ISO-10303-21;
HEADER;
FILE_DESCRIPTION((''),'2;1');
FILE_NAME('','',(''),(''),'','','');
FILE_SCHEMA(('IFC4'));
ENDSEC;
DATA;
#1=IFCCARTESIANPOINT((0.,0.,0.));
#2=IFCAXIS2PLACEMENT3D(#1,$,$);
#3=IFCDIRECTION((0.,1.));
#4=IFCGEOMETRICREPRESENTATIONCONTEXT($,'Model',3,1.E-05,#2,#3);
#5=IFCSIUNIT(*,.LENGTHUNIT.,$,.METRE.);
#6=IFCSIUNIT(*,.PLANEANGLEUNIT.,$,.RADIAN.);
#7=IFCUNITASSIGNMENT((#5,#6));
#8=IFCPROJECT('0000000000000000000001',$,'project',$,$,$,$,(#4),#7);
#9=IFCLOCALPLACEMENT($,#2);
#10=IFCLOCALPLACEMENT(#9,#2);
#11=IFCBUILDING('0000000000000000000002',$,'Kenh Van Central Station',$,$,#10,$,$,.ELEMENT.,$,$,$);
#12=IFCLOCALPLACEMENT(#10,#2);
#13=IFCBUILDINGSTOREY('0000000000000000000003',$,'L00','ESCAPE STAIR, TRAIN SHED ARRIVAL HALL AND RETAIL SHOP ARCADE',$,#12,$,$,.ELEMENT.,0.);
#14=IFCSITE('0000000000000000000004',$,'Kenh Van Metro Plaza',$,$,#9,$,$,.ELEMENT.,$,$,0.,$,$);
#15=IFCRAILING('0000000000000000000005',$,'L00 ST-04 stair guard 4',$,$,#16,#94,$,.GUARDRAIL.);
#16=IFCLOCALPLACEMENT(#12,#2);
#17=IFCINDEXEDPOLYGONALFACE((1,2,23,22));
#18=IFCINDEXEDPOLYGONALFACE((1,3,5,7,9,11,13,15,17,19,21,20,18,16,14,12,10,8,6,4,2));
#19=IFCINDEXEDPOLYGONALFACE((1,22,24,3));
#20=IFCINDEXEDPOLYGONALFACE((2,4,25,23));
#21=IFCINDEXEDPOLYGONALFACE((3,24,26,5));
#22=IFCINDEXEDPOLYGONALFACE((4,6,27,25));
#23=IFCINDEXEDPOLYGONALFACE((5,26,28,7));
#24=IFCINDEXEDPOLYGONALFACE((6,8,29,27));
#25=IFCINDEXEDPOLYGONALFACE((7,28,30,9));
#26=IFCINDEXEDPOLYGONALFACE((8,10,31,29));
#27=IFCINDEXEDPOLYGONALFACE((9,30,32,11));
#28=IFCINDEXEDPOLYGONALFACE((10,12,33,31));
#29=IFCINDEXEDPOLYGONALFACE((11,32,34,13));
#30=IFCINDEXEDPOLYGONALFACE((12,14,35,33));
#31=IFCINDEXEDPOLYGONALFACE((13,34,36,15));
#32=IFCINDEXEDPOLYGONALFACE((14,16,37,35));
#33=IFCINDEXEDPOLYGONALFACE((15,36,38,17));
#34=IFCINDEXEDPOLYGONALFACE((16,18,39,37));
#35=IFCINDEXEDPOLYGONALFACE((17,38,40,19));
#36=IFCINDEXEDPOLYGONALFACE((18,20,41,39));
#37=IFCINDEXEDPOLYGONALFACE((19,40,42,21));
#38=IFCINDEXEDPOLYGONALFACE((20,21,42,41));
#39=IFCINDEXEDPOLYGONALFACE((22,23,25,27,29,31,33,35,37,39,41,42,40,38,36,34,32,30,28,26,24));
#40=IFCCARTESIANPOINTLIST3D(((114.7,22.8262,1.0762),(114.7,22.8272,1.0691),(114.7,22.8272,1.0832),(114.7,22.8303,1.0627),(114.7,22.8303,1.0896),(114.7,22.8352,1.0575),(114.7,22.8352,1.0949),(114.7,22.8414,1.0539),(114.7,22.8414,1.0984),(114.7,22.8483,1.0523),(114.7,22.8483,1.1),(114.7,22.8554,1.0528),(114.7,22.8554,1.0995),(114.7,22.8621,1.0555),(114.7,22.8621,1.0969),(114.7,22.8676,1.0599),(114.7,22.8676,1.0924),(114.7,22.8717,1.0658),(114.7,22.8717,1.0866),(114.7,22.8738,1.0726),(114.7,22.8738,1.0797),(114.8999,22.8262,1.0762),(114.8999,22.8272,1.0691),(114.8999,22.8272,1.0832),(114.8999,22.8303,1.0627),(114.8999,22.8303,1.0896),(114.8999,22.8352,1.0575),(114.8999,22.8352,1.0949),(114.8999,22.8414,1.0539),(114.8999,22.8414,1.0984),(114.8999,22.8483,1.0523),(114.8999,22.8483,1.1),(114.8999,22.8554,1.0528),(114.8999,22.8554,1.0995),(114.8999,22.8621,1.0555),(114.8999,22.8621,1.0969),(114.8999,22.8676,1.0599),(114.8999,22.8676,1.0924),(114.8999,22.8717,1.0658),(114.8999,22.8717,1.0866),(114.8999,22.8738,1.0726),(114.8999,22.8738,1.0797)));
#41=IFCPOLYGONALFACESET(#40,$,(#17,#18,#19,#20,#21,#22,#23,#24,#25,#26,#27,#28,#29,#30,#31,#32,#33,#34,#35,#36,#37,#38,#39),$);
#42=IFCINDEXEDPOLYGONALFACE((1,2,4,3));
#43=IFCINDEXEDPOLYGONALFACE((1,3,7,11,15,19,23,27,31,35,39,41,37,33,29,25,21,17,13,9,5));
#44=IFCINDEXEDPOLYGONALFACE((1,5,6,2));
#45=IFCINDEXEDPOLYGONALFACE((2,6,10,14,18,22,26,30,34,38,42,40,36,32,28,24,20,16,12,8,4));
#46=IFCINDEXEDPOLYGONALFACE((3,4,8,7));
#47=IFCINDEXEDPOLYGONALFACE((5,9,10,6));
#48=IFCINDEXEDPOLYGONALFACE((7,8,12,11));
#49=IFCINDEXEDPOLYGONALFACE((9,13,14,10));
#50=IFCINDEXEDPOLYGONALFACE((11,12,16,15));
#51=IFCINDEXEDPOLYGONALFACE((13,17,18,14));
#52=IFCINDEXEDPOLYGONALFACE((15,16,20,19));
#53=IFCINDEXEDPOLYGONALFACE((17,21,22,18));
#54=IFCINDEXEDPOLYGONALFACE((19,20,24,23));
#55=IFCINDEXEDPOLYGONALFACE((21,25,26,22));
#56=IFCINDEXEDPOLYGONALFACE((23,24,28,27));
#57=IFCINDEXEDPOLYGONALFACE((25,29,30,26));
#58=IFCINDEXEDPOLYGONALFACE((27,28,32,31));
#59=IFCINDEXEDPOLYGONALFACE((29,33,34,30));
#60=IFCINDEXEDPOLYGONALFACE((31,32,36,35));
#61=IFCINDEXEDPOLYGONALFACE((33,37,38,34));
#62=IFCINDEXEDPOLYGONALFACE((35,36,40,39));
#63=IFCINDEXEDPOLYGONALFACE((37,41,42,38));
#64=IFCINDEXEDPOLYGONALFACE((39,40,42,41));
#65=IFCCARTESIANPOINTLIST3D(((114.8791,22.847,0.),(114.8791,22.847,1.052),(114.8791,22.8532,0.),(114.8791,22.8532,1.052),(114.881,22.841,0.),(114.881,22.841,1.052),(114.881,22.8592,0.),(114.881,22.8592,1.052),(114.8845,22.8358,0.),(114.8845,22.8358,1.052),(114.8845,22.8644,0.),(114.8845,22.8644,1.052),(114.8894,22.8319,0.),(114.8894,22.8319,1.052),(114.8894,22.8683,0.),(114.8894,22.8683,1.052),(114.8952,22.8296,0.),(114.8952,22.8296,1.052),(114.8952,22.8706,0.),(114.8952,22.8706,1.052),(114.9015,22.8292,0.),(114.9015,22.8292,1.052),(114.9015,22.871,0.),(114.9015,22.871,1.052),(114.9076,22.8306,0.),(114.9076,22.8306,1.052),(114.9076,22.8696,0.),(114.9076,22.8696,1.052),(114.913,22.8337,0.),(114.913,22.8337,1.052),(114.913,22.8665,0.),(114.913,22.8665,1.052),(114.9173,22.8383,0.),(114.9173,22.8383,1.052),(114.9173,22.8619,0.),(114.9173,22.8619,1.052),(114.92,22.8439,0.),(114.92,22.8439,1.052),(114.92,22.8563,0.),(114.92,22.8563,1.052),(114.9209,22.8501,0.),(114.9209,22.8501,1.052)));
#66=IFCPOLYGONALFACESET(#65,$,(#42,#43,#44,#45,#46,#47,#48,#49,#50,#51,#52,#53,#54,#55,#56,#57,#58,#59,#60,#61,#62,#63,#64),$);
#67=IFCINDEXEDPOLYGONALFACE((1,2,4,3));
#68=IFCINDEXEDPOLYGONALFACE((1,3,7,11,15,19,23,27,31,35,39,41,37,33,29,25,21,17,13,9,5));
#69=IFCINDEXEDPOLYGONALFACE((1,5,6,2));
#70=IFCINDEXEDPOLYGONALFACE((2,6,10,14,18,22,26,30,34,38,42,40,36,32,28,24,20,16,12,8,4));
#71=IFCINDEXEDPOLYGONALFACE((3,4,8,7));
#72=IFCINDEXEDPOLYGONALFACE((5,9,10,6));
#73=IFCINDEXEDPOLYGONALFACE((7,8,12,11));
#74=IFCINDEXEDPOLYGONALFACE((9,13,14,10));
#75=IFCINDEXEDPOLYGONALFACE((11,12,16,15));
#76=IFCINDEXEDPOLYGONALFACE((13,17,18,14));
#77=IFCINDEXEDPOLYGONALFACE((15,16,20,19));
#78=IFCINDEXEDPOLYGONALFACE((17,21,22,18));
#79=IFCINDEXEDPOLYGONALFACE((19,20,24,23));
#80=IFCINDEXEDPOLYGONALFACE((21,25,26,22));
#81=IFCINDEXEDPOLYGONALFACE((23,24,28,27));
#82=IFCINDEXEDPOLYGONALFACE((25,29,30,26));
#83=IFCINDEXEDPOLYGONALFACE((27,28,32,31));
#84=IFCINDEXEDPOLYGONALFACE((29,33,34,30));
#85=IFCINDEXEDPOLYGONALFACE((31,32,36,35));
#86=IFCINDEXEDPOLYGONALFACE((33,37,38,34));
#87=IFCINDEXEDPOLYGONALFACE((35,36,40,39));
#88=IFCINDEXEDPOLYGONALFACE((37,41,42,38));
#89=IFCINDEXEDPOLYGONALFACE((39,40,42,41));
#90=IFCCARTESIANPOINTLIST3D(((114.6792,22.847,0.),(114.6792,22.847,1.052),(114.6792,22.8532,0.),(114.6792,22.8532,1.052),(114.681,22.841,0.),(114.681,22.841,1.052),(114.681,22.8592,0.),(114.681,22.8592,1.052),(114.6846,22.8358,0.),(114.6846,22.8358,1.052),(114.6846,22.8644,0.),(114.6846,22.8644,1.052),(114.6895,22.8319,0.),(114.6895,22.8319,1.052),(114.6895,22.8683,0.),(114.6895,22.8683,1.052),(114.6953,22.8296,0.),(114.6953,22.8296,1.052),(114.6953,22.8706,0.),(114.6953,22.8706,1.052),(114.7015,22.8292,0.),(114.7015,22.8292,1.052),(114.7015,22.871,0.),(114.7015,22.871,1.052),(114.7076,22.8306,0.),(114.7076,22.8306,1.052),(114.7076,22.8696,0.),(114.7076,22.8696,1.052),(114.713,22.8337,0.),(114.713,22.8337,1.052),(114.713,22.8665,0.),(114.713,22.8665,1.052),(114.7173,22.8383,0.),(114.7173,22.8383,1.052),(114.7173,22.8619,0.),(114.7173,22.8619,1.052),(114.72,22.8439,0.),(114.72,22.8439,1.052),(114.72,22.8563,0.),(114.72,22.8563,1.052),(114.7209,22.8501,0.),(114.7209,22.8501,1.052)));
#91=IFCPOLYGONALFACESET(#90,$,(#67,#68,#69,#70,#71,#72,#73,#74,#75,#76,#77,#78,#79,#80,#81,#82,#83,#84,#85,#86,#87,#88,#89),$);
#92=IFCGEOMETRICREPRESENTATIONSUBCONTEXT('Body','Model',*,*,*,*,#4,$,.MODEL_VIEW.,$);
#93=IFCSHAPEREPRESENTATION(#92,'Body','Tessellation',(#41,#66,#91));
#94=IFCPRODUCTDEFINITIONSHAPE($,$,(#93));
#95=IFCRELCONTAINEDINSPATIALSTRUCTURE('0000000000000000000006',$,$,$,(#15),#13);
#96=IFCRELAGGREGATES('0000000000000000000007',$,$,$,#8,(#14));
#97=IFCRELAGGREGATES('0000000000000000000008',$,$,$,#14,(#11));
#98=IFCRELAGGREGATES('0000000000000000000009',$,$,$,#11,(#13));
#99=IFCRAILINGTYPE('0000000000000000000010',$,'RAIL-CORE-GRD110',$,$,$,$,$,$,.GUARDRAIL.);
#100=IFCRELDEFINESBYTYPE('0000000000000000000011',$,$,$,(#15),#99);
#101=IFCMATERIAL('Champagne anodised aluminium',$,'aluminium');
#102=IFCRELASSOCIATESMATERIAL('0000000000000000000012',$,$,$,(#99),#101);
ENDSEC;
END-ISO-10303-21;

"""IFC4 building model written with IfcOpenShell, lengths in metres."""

from ifc_helpers import new_model, si_unit, direction, frame, origin, origin_2d, place, context, subcontext, project, spatial, circle, extrude, material, type_object, element, save


model = new_model("IFC4")

# Units and contexts
model_context = context("Model", 3, precision=1e-05, world=origin(), true_north=direction((0.0, 1.0)))
body_context = subcontext(model_context, "Body", "Model", "MODEL_VIEW")
ifc_project = project(units=[si_unit("LENGTHUNIT", "METRE"), si_unit("PLANEANGLEUNIT", "RADIAN")], contexts=[model_context])

# Site, building, storey
site_placement = place(None, origin())
site = spatial("IfcSite", under=ifc_project, at=site_placement, Name="Kenh Van Metro Plaza", CompositionType="ELEMENT", RefElevation=0.0)
building_placement = place(site_placement, origin())
building = spatial("IfcBuilding", under=site, at=building_placement, Name="Kenh Van Central Station", CompositionType="ELEMENT")
storey_placement = place(building_placement, origin())
storey = spatial("IfcBuildingStorey", under=building, at=storey_placement, Name="L00", Description="ESCAPE STAIR, TRAIN SHED ARRIVAL HALL AND RETAIL SHOP ARCADE", CompositionType="ELEMENT", Elevation=0.0)

# Shared definitions
ifc_material_1 = material(Name="Champagne anodised aluminium", Category="aluminium")

# Railing
railing_type = type_object("IfcRailingType", Name="RAIL-CORE-GRD110", PredefinedType="GUARDRAIL", material=ifc_material_1)
railing_1_placement = place(storey_placement, frame((114.8999, 22.8501, 0.0)))
element("IfcRailing", 1, at=railing_1_placement, inside=storey, type_object=railing_type, Name="L00 ST-04 stair guard 4", PredefinedType="GUARDRAIL", context=body_context, shape_type="SweptSolid", body=[
    extrude(circle(Radius=0.0239, at=origin_2d()), frame((0.0, 0.0, 1.0762), z_axis=(-1.0, 0.0, 0.0), x_axis=(0.0, -1.0, 0.0)), (0.0, 0.0, 1.0), 0.2),
    extrude(circle(Radius=0.021, at=origin_2d()), origin(), (0.0, 0.0, 1.0), 1.052),
    extrude(circle(Radius=0.021, at=origin_2d()), frame((-0.2, 0.0, 0.0)), (0.0, 0.0, 1.0), 1.052),
])

save(model, "model.ifc")
